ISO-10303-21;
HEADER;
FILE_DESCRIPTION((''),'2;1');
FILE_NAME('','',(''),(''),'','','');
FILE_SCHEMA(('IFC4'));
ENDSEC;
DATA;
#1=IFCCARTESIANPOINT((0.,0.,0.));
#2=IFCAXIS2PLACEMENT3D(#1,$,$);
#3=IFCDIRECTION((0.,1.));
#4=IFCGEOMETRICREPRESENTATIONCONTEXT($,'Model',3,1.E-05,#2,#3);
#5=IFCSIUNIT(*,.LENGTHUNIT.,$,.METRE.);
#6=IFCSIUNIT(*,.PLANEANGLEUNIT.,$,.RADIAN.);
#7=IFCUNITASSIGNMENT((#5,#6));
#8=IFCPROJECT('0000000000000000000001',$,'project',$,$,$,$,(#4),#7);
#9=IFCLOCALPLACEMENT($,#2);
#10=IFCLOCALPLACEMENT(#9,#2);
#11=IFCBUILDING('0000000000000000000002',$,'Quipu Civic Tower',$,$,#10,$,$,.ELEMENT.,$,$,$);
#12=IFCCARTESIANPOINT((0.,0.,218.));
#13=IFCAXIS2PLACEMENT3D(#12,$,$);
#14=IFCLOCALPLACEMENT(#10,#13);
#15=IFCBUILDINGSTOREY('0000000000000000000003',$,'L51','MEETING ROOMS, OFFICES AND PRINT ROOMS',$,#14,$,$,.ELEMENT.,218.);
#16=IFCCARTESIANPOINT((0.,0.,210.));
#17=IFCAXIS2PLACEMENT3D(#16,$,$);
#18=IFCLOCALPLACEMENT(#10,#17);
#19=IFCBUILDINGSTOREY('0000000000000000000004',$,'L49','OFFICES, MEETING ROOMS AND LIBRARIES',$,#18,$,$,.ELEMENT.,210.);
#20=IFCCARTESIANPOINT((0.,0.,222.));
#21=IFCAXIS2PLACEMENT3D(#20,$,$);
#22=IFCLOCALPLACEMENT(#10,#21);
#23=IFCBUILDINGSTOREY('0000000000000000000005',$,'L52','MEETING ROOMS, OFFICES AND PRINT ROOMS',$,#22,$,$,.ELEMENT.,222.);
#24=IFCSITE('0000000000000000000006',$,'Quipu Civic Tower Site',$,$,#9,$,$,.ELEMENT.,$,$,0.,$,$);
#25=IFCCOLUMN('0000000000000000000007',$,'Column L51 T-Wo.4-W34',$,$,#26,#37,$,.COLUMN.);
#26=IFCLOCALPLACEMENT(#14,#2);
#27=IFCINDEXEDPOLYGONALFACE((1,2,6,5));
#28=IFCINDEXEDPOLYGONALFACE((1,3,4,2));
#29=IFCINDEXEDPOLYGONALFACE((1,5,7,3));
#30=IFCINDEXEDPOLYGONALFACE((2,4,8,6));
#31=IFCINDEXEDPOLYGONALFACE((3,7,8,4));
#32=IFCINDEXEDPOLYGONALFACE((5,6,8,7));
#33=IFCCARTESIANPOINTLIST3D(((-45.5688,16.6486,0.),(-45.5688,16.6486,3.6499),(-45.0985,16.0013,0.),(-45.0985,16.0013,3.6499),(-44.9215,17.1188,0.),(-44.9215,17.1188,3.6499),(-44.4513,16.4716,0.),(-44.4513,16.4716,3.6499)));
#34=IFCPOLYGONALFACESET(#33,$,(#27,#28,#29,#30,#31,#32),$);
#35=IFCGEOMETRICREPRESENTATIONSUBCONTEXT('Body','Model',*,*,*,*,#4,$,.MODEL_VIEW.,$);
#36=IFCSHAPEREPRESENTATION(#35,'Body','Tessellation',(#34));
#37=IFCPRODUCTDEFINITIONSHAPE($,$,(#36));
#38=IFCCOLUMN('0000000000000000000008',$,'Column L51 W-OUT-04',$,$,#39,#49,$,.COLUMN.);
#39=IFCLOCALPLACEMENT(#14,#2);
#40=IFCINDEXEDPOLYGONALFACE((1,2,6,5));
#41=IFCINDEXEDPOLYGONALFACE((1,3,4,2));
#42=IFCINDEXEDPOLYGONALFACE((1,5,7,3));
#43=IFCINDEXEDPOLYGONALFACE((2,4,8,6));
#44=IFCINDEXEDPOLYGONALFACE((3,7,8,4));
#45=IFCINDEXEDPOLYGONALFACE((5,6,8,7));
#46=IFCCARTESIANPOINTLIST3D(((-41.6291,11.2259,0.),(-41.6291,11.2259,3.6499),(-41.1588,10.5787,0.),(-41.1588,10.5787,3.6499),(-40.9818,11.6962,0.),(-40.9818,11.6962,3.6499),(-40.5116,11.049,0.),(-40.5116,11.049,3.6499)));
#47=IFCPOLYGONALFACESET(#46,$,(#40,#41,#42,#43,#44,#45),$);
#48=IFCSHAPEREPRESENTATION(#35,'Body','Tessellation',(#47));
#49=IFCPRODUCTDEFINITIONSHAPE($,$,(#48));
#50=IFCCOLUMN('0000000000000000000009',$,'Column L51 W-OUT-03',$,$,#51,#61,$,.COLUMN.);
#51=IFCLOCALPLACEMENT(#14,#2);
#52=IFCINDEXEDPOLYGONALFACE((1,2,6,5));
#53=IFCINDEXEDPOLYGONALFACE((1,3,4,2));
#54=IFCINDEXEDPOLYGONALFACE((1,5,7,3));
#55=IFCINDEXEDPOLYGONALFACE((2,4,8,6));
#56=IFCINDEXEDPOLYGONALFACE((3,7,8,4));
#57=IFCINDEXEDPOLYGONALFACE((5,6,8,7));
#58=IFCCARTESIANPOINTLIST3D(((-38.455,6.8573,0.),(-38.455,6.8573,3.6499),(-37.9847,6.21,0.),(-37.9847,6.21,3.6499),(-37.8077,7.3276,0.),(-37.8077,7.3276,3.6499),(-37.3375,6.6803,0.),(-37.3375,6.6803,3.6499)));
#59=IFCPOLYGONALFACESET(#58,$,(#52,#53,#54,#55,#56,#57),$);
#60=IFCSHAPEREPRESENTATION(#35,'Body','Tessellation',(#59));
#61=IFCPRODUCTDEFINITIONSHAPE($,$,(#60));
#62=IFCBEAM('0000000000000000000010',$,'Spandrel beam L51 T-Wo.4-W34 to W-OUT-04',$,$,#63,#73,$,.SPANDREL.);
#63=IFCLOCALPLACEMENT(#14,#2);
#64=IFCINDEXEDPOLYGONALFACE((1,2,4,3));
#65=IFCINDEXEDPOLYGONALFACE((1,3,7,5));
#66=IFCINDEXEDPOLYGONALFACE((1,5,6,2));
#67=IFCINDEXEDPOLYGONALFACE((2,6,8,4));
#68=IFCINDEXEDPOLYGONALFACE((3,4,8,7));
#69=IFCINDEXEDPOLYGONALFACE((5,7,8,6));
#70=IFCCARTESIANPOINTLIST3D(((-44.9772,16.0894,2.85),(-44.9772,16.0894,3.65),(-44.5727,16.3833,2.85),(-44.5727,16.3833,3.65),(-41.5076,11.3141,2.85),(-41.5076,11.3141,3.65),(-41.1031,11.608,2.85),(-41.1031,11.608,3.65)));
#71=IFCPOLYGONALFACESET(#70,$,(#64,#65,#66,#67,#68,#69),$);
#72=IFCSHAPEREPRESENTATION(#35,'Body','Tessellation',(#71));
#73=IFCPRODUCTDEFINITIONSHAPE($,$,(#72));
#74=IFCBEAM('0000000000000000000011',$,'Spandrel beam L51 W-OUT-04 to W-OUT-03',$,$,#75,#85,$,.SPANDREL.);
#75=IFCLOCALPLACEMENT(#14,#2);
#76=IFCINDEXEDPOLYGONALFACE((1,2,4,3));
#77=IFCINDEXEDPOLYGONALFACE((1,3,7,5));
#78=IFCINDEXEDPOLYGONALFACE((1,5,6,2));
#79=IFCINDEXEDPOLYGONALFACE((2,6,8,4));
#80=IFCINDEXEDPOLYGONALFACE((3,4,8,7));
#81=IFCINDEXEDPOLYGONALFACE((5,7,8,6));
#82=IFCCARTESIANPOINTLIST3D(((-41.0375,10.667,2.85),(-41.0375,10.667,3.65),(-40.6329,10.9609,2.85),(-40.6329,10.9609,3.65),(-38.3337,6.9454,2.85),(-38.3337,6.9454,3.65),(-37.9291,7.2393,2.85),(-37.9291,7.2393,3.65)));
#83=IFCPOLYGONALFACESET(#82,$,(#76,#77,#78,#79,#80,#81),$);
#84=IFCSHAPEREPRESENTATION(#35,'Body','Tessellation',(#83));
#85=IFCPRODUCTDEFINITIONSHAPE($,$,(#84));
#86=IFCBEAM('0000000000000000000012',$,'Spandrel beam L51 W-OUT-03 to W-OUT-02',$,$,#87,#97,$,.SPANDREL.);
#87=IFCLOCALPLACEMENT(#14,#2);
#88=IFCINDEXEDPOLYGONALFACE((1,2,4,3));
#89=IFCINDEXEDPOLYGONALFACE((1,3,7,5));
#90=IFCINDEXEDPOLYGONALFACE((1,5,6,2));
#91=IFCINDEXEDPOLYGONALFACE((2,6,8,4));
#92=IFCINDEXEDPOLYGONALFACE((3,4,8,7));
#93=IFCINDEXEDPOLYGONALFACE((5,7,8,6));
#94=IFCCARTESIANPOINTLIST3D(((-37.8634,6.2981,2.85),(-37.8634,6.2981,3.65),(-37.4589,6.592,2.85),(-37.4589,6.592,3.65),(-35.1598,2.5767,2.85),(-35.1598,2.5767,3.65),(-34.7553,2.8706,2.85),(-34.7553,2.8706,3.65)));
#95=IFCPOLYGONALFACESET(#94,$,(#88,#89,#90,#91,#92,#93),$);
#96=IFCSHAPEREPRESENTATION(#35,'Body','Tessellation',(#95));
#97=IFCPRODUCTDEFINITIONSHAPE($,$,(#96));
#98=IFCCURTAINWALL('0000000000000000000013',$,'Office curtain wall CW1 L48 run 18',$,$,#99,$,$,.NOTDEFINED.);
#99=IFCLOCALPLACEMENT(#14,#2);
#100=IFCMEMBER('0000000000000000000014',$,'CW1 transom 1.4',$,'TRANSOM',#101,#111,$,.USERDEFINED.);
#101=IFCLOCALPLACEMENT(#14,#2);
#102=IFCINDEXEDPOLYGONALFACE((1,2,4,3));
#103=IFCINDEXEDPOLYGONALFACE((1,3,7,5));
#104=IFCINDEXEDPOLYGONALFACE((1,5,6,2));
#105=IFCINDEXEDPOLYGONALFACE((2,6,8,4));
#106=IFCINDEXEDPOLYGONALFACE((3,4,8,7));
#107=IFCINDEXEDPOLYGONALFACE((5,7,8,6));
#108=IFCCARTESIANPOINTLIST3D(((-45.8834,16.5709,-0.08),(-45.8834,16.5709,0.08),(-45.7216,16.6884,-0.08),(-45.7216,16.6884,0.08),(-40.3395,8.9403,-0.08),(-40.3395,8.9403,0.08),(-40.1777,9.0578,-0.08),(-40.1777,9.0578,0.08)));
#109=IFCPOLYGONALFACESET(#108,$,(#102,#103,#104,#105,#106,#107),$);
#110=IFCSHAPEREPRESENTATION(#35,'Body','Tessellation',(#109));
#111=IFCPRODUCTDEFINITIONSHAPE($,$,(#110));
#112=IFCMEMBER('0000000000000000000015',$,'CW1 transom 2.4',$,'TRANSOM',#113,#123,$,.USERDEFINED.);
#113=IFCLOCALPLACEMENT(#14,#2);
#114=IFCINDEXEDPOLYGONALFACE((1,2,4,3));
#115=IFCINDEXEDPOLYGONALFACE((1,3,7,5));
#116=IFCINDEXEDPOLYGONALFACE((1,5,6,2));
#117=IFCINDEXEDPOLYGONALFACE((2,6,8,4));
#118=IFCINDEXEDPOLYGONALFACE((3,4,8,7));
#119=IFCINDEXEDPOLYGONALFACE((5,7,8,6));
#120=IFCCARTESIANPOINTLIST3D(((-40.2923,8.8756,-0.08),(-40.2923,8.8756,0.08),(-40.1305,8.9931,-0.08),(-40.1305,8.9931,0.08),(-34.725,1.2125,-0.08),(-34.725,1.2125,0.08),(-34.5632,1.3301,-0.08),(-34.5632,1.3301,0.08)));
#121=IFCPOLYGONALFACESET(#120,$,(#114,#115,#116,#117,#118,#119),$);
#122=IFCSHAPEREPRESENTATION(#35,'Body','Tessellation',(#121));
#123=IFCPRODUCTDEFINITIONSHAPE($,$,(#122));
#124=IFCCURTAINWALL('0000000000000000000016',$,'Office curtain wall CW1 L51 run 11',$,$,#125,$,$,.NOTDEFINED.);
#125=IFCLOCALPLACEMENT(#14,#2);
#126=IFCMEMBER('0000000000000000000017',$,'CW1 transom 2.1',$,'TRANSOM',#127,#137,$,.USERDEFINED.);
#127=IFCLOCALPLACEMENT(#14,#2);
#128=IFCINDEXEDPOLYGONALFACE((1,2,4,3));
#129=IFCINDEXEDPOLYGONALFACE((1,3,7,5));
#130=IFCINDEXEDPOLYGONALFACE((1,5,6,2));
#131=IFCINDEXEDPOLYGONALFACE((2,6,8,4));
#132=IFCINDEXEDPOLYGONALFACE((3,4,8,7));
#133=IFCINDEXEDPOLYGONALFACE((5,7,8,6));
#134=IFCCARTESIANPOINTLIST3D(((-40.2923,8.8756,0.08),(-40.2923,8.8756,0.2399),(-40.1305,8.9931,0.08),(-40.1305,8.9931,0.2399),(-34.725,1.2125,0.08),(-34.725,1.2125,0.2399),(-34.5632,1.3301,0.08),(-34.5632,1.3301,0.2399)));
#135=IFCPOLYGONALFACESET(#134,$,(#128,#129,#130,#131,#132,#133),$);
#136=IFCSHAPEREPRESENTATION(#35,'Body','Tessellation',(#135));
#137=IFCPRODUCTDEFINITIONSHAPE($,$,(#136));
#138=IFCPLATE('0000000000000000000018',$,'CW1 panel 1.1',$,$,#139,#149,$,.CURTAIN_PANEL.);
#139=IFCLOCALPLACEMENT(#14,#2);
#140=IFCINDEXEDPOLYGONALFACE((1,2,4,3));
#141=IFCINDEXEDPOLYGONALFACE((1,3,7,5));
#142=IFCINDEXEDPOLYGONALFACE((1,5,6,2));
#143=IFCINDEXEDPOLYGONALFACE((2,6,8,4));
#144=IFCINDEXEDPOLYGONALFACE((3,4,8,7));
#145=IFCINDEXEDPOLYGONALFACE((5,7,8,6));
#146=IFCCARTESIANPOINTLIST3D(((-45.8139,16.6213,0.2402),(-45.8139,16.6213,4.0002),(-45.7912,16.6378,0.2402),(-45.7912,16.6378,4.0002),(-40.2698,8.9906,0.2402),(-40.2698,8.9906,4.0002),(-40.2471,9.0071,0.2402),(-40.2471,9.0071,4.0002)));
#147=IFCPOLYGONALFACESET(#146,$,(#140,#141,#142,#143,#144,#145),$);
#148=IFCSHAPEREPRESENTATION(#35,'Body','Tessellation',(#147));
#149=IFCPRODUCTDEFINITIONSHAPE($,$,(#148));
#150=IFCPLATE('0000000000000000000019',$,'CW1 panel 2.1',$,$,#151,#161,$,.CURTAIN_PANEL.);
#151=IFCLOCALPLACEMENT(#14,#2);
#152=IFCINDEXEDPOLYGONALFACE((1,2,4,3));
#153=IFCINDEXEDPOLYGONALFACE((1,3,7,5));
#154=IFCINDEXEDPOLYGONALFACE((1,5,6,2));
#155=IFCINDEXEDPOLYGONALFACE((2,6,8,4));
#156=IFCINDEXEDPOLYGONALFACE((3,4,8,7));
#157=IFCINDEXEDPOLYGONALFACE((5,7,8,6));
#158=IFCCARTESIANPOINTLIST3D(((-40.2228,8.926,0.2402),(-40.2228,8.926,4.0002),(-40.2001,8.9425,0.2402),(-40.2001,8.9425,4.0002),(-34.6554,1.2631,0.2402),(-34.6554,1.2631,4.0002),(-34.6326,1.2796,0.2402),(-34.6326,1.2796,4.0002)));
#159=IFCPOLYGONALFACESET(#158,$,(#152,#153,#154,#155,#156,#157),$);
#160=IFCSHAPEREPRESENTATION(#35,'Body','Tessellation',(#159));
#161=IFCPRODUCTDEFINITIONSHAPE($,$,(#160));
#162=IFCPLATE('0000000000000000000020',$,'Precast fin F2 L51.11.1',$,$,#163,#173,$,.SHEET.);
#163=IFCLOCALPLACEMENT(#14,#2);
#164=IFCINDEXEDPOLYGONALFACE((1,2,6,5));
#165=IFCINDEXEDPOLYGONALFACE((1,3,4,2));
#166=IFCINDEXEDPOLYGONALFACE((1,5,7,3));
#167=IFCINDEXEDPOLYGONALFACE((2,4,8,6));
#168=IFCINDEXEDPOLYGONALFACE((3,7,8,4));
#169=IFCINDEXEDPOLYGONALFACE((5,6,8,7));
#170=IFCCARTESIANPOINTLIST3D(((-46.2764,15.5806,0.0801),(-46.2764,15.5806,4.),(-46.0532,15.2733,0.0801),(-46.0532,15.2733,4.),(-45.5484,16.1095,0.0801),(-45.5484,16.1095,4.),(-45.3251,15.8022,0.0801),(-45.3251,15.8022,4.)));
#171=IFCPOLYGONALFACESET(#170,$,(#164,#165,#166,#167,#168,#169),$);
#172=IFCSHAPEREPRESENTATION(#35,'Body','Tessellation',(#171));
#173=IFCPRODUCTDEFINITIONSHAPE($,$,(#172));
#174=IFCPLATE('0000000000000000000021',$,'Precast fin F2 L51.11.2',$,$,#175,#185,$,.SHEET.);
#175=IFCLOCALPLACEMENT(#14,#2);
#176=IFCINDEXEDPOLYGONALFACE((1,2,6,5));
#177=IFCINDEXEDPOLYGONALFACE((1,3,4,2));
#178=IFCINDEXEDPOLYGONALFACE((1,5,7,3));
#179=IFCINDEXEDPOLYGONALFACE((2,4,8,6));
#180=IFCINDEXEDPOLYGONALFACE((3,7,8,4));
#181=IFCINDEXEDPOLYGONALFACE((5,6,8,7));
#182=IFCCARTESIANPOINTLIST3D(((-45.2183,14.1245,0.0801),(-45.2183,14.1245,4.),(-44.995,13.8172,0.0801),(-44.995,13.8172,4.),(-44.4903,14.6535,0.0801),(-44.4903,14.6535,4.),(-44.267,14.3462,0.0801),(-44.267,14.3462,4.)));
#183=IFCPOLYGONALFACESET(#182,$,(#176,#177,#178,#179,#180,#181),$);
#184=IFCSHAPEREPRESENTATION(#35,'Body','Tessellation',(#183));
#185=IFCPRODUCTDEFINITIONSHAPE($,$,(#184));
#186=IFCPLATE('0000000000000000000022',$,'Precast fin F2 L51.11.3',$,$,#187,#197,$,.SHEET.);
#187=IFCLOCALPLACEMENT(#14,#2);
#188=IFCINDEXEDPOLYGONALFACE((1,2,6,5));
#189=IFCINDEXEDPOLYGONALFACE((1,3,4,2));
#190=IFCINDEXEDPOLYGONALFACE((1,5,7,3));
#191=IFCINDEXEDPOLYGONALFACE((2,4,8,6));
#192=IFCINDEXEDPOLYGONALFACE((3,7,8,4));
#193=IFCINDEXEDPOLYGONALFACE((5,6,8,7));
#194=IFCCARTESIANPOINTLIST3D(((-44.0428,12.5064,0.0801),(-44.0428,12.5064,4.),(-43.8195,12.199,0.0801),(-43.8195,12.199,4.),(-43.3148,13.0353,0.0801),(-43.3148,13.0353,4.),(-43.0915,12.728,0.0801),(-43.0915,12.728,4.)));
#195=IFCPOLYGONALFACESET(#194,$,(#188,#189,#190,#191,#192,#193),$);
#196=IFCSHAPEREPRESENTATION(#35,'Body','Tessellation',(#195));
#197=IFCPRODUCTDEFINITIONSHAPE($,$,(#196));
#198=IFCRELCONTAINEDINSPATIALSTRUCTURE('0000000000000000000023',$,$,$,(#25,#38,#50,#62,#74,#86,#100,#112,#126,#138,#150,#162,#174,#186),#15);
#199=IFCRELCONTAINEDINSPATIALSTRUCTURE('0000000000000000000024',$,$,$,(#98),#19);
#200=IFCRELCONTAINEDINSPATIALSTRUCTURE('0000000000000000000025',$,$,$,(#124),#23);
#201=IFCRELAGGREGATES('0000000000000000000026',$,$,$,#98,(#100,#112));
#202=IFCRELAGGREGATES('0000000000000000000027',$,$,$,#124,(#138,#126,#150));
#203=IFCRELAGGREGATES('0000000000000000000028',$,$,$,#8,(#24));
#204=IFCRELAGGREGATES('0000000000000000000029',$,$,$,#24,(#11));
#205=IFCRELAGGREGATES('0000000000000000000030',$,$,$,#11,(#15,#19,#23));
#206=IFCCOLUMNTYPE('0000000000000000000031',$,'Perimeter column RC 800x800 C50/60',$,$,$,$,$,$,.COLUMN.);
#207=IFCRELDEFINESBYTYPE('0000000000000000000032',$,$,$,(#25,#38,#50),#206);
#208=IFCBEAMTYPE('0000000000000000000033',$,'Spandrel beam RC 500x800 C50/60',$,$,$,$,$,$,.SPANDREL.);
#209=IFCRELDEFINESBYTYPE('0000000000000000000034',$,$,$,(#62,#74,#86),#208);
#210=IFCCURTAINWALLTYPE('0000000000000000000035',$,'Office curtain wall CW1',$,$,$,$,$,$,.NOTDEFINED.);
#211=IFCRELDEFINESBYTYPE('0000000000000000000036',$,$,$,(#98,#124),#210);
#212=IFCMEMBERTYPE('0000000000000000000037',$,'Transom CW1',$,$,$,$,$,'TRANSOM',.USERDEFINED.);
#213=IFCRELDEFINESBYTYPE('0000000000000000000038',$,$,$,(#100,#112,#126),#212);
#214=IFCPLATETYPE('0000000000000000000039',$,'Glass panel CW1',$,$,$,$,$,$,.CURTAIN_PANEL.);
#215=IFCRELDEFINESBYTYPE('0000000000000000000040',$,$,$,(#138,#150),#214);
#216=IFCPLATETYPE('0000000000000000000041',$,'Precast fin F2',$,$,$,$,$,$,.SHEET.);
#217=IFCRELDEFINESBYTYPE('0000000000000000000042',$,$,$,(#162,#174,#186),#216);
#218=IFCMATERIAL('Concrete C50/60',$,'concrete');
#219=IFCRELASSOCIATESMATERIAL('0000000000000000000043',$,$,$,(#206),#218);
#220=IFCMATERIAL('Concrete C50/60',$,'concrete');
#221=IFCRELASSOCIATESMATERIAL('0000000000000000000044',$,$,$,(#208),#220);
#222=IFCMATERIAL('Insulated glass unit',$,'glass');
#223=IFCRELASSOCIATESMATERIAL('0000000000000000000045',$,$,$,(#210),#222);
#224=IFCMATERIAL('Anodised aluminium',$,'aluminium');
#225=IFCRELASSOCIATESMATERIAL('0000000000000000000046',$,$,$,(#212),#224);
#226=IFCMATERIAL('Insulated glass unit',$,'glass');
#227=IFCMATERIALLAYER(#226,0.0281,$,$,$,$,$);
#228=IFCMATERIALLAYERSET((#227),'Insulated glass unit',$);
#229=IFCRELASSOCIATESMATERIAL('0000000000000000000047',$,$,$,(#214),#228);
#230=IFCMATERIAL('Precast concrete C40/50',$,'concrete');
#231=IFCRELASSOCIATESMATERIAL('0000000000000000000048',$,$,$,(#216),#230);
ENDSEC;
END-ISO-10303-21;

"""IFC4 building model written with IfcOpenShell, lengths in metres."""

from ifc_helpers import new_model, si_unit, direction, frame, origin, origin_2d, place, context, subcontext, project, spatial, rectangle, extrude, material, layer, layer_set, material_profile, profile_set, type_object, element, aggregate, save


model = new_model("IFC4")

# Units and contexts
model_context = context("Model", 3, precision=1e-05, world=origin(), true_north=direction((0.0, 1.0)))
body_context = subcontext(model_context, "Body", "Model", "MODEL_VIEW")
ifc_project = project(units=[si_unit("LENGTHUNIT", "METRE"), si_unit("PLANEANGLEUNIT", "RADIAN")], contexts=[model_context])

# Site, building, storey
site_placement = place(None, origin())
site = spatial("IfcSite", under=ifc_project, at=site_placement, Name="Quipu Civic Tower Site", CompositionType="ELEMENT", RefElevation=0.0)
building_placement = place(site_placement, origin())
building = spatial("IfcBuilding", under=site, at=building_placement, Name="Quipu Civic Tower", CompositionType="ELEMENT")
storey_1_placement = place(building_placement, frame((0.0, 0.0, 218.0)))
storey_1 = spatial("IfcBuildingStorey", under=building, at=storey_1_placement, Name="L51", Description="MEETING ROOMS, OFFICES AND PRINT ROOMS", CompositionType="ELEMENT", Elevation=218.0)

# Columns
ifc_material_1 = material(Name="Concrete C50/60", Category="concrete")
ifc_material_profile_1 = material_profile(ifc_material_1, rectangle(XDim=0.8, YDim=0.8, at=origin_2d()), Name="RC800x800")
ifc_profile_set_1 = profile_set([ifc_material_profile_1], Name="Concrete C50/60")
column_type = type_object("IfcColumnType", Name="Perimeter column RC 800x800 C50/60", PredefinedType="COLUMN", material=ifc_profile_set_1)
for number, where, z_axis, x_axis, name in (
    (1, (-45.01, 16.5601, 0.0), (0.0, 0.0, 1.0), (0.587785, -0.809017, 0.0), "Column L51 T-Wo.4-W34"),
    (2, (-41.0703, 11.1375, 0.0), (0.0, 0.0, 1.0), (0.587785, -0.809017, 0.0), "Column L51 W-OUT-04"),
    (3, (-37.8962, 6.7688, 0.0), (0.0, 0.0, 1.0), (0.587785, -0.809017, 0.0), "Column L51 W-OUT-03"),
):
    element("IfcColumn", number, at=place(storey_1_placement, frame(where, z_axis=z_axis, x_axis=x_axis)), inside=storey_1, type_object=column_type, Name=name, PredefinedType="COLUMN", context=body_context, shape_type="SweptSolid", body=[
        extrude(rectangle(XDim=0.8, YDim=0.8, at=origin_2d()), origin(), (0.0, 0.0, 1.0), 3.6499),
    ])

# Beams
ifc_material_2 = material(Name="Concrete C50/60", Category="concrete")
ifc_material_profile_2 = material_profile(ifc_material_2, rectangle(XDim=0.5, YDim=0.8, at=origin_2d()), Name="RC500x800")
ifc_profile_set_2 = profile_set([ifc_material_profile_2], Name="Concrete C50/60")
beam_type = type_object("IfcBeamType", Name="Spandrel beam RC 500x800 C50/60", PredefinedType="SPANDREL", material=ifc_profile_set_2)
beam_1_placement = place(storey_1_placement, frame((-44.7749, 16.2363, 3.25), z_axis=(0.5878, -0.809006, 0.0), x_axis=(0.809006, 0.5878, 0.0)))
element("IfcBeam", 4, at=beam_1_placement, inside=storey_1, type_object=beam_type, Name="Spandrel beam L51 T-Wo.4-W34 to W-OUT-04", PredefinedType="SPANDREL", context=body_context, shape_type="SweptSolid", body=[
    extrude(rectangle(XDim=0.5, YDim=0.8, at=origin_2d()), origin(), (0.0, 0.0, 1.0), 5.9026),
])
beam_2_placement = place(storey_1_placement, frame((-40.8352, 10.814, 3.25), z_axis=(0.587771, -0.809027, 0.0), x_axis=(0.809027, 0.587771, 0.0)))
element("IfcBeam", 5, at=beam_2_placement, inside=storey_1, type_object=beam_type, Name="Spandrel beam L51 W-OUT-04 to W-OUT-03", PredefinedType="SPANDREL", context=body_context, shape_type="SweptSolid", body=[
    extrude(rectangle(XDim=0.5, YDim=0.8, at=origin_2d()), origin(), (0.0, 0.0, 1.0), 4.6001),
])
beam_3_placement = place(storey_1_placement, frame((-37.6611, 6.4451, 3.25), z_axis=(0.587761, -0.809034, 0.0), x_axis=(0.809034, 0.587761, 0.0)))
element("IfcBeam", 6, at=beam_3_placement, inside=storey_1, type_object=beam_type, Name="Spandrel beam L51 W-OUT-03 to W-OUT-02", PredefinedType="SPANDREL", context=body_context, shape_type="SweptSolid", body=[
    extrude(rectangle(XDim=0.5, YDim=0.8, at=origin_2d()), origin(), (0.0, 0.0, 1.0), 4.5999),
])

# Shared definitions
storey_2_placement = place(building_placement, frame((0.0, 0.0, 210.0)))
storey_2 = spatial("IfcBuildingStorey", under=building, at=storey_2_placement, Name="L49", Description="OFFICES, MEETING ROOMS AND LIBRARIES", CompositionType="ELEMENT", Elevation=210.0)

# Curtain wall, members
ifc_material_3 = material(Name="Insulated glass unit", Category="glass")
curtain_wall_type = type_object("IfcCurtainWallType", Name="Office curtain wall CW1", PredefinedType="NOTDEFINED", material=ifc_material_3)
curtain_wall_1_placement = place(storey_2_placement, origin())
curtain_wall_1 = element("IfcCurtainWall", 7, at=curtain_wall_1_placement, inside=storey_2, type_object=curtain_wall_type, Name="Office curtain wall CW1 L48 run 18", PredefinedType="NOTDEFINED")
ifc_material_4 = material(Name="Anodised aluminium", Category="aluminium")
ifc_material_profile_3 = material_profile(ifc_material_4, rectangle(XDim=0.2, YDim=0.1599, at=origin_2d()), Name="RECT 200x160")
ifc_profile_set_3 = profile_set([ifc_material_profile_3], Name="Anodised aluminium")
member_type = type_object("IfcMemberType", Name="Transom CW1", ElementType="TRANSOM", PredefinedType="USERDEFINED", material=ifc_profile_set_3)
member_1_placement = place(storey_1_placement, frame((-45.8025, 16.6296, 0.0), z_axis=(0.587784, -0.809018, 0.0), x_axis=(0.809018, 0.587784, 0.0)))
member_1 = element("IfcMember", 8, at=member_1_placement, inside=storey_1, type_object=member_type, Name="CW1 transom 1.4", ObjectType="TRANSOM", PredefinedType="USERDEFINED", context=body_context, shape_type="SweptSolid", body=[
    extrude(rectangle(XDim=0.2, YDim=0.1599, at=origin_2d()), origin(), (0.0, 0.0, 1.0), 9.4319),
])
member_2_placement = place(storey_1_placement, frame((-40.2114, 8.9343, 0.0), z_axis=(0.587773, -0.809026, 0.0), x_axis=(0.809026, 0.587773, 0.0)))
member_2 = element("IfcMember", 9, at=member_2_placement, inside=storey_1, type_object=member_type, Name="CW1 transom 2.4", ObjectType="TRANSOM", PredefinedType="USERDEFINED", context=body_context, shape_type="SweptSolid", body=[
    extrude(rectangle(XDim=0.2, YDim=0.1599, at=origin_2d()), origin(), (0.0, 0.0, 1.0), 9.4719),
])
aggregate(curtain_wall_1, [member_1, member_2])

# Shared definitions
storey_3_placement = place(building_placement, frame((0.0, 0.0, 222.0)))
storey_3 = spatial("IfcBuildingStorey", under=building, at=storey_3_placement, Name="L52", Description="MEETING ROOMS, OFFICES AND PRINT ROOMS", CompositionType="ELEMENT", Elevation=222.0)

# Curtain wall, member, plates
curtain_wall_2_placement = place(storey_3_placement, origin())
curtain_wall_2 = element("IfcCurtainWall", 10, at=curtain_wall_2_placement, inside=storey_3, type_object=curtain_wall_type, Name="Office curtain wall CW1 L51 run 11", PredefinedType="NOTDEFINED")
member_3_placement = place(storey_1_placement, frame((-40.2114, 8.9343, 0.1599), z_axis=(0.587773, -0.809026, 0.0), x_axis=(0.809026, 0.587773, 0.0)))
member_3 = element("IfcMember", 11, at=member_3_placement, inside=storey_1, type_object=member_type, Name="CW1 transom 2.1", ObjectType="TRANSOM", PredefinedType="USERDEFINED", context=body_context, shape_type="SweptSolid", body=[
    extrude(rectangle(XDim=0.2, YDim=0.1599, at=origin_2d()), origin(), (0.0, 0.0, 1.0), 9.4719),
])
ifc_material_5 = material(Name="Insulated glass unit", Category="glass")
ifc_layer_1 = layer(ifc_material_5, 0.0281)
ifc_layer_set_1 = layer_set([ifc_layer_1], Name="Insulated glass unit")
plate_type_1 = type_object("IfcPlateType", Name="Glass panel CW1", PredefinedType="CURTAIN_PANEL", material=ifc_layer_set_1)
plate_1_placement = place(storey_1_placement, frame((-43.0305, 12.8142, 0.2402), z_axis=(0.0, 0.0, 1.0), x_axis=(0.587786, -0.809017, 0.0)))
plate_1 = element("IfcPlate", 12, at=plate_1_placement, inside=storey_1, type_object=plate_type_1, Name="CW1 panel 1.1", PredefinedType="CURTAIN_PANEL", context=body_context, shape_type="SweptSolid", body=[
    extrude(rectangle(XDim=9.4321, YDim=0.0281, at=origin_2d()), origin(), (0.0, 0.0, 1.0), 3.76),
])
plate_2_placement = place(storey_1_placement, frame((-37.4277, 5.1028, 0.2402), z_axis=(0.0, 0.0, 1.0), x_axis=(0.587786, -0.809017, 0.0)))
plate_2 = element("IfcPlate", 13, at=plate_2_placement, inside=storey_1, type_object=plate_type_1, Name="CW1 panel 2.1", PredefinedType="CURTAIN_PANEL", context=body_context, shape_type="SweptSolid", body=[
    extrude(rectangle(XDim=9.4719, YDim=0.0281, at=origin_2d()), origin(), (0.0, 0.0, 1.0), 3.76),
])
aggregate(curtain_wall_2, [plate_1, member_3, plate_2])

# Plates
ifc_material_6 = material(Name="Precast concrete C40/50", Category="concrete")
plate_type_2 = type_object("IfcPlateType", Name="Precast fin F2", PredefinedType="SHEET", material=ifc_material_6)
for number, where, z_axis, x_axis, name in (
    (14, (-45.8008, 15.6914, 0.0801), (0.0, 0.0, 1.0), (0.587786, -0.809017, 0.0), "Precast fin F2 L51.11.1"),
    (15, (-44.7427, 14.2354, 0.0801), (0.0, 0.0, 1.0), (0.587786, -0.809017, 0.0), "Precast fin F2 L51.11.2"),
    (16, (-43.5671, 12.6172, 0.0801), (0.0, 0.0, 1.0), (0.587786, -0.809017, 0.0), "Precast fin F2 L51.11.3"),
):
    element("IfcPlate", number, at=place(storey_1_placement, frame(where, z_axis=z_axis, x_axis=x_axis)), inside=storey_1, type_object=plate_type_2, Name=name, PredefinedType="SHEET", context=body_context, shape_type="SweptSolid", body=[
        extrude(rectangle(XDim=0.3799, YDim=0.8999, at=origin_2d()), origin(), (0.0, 0.0, 1.0), 3.9199),
    ])

save(model, "model.ifc")
